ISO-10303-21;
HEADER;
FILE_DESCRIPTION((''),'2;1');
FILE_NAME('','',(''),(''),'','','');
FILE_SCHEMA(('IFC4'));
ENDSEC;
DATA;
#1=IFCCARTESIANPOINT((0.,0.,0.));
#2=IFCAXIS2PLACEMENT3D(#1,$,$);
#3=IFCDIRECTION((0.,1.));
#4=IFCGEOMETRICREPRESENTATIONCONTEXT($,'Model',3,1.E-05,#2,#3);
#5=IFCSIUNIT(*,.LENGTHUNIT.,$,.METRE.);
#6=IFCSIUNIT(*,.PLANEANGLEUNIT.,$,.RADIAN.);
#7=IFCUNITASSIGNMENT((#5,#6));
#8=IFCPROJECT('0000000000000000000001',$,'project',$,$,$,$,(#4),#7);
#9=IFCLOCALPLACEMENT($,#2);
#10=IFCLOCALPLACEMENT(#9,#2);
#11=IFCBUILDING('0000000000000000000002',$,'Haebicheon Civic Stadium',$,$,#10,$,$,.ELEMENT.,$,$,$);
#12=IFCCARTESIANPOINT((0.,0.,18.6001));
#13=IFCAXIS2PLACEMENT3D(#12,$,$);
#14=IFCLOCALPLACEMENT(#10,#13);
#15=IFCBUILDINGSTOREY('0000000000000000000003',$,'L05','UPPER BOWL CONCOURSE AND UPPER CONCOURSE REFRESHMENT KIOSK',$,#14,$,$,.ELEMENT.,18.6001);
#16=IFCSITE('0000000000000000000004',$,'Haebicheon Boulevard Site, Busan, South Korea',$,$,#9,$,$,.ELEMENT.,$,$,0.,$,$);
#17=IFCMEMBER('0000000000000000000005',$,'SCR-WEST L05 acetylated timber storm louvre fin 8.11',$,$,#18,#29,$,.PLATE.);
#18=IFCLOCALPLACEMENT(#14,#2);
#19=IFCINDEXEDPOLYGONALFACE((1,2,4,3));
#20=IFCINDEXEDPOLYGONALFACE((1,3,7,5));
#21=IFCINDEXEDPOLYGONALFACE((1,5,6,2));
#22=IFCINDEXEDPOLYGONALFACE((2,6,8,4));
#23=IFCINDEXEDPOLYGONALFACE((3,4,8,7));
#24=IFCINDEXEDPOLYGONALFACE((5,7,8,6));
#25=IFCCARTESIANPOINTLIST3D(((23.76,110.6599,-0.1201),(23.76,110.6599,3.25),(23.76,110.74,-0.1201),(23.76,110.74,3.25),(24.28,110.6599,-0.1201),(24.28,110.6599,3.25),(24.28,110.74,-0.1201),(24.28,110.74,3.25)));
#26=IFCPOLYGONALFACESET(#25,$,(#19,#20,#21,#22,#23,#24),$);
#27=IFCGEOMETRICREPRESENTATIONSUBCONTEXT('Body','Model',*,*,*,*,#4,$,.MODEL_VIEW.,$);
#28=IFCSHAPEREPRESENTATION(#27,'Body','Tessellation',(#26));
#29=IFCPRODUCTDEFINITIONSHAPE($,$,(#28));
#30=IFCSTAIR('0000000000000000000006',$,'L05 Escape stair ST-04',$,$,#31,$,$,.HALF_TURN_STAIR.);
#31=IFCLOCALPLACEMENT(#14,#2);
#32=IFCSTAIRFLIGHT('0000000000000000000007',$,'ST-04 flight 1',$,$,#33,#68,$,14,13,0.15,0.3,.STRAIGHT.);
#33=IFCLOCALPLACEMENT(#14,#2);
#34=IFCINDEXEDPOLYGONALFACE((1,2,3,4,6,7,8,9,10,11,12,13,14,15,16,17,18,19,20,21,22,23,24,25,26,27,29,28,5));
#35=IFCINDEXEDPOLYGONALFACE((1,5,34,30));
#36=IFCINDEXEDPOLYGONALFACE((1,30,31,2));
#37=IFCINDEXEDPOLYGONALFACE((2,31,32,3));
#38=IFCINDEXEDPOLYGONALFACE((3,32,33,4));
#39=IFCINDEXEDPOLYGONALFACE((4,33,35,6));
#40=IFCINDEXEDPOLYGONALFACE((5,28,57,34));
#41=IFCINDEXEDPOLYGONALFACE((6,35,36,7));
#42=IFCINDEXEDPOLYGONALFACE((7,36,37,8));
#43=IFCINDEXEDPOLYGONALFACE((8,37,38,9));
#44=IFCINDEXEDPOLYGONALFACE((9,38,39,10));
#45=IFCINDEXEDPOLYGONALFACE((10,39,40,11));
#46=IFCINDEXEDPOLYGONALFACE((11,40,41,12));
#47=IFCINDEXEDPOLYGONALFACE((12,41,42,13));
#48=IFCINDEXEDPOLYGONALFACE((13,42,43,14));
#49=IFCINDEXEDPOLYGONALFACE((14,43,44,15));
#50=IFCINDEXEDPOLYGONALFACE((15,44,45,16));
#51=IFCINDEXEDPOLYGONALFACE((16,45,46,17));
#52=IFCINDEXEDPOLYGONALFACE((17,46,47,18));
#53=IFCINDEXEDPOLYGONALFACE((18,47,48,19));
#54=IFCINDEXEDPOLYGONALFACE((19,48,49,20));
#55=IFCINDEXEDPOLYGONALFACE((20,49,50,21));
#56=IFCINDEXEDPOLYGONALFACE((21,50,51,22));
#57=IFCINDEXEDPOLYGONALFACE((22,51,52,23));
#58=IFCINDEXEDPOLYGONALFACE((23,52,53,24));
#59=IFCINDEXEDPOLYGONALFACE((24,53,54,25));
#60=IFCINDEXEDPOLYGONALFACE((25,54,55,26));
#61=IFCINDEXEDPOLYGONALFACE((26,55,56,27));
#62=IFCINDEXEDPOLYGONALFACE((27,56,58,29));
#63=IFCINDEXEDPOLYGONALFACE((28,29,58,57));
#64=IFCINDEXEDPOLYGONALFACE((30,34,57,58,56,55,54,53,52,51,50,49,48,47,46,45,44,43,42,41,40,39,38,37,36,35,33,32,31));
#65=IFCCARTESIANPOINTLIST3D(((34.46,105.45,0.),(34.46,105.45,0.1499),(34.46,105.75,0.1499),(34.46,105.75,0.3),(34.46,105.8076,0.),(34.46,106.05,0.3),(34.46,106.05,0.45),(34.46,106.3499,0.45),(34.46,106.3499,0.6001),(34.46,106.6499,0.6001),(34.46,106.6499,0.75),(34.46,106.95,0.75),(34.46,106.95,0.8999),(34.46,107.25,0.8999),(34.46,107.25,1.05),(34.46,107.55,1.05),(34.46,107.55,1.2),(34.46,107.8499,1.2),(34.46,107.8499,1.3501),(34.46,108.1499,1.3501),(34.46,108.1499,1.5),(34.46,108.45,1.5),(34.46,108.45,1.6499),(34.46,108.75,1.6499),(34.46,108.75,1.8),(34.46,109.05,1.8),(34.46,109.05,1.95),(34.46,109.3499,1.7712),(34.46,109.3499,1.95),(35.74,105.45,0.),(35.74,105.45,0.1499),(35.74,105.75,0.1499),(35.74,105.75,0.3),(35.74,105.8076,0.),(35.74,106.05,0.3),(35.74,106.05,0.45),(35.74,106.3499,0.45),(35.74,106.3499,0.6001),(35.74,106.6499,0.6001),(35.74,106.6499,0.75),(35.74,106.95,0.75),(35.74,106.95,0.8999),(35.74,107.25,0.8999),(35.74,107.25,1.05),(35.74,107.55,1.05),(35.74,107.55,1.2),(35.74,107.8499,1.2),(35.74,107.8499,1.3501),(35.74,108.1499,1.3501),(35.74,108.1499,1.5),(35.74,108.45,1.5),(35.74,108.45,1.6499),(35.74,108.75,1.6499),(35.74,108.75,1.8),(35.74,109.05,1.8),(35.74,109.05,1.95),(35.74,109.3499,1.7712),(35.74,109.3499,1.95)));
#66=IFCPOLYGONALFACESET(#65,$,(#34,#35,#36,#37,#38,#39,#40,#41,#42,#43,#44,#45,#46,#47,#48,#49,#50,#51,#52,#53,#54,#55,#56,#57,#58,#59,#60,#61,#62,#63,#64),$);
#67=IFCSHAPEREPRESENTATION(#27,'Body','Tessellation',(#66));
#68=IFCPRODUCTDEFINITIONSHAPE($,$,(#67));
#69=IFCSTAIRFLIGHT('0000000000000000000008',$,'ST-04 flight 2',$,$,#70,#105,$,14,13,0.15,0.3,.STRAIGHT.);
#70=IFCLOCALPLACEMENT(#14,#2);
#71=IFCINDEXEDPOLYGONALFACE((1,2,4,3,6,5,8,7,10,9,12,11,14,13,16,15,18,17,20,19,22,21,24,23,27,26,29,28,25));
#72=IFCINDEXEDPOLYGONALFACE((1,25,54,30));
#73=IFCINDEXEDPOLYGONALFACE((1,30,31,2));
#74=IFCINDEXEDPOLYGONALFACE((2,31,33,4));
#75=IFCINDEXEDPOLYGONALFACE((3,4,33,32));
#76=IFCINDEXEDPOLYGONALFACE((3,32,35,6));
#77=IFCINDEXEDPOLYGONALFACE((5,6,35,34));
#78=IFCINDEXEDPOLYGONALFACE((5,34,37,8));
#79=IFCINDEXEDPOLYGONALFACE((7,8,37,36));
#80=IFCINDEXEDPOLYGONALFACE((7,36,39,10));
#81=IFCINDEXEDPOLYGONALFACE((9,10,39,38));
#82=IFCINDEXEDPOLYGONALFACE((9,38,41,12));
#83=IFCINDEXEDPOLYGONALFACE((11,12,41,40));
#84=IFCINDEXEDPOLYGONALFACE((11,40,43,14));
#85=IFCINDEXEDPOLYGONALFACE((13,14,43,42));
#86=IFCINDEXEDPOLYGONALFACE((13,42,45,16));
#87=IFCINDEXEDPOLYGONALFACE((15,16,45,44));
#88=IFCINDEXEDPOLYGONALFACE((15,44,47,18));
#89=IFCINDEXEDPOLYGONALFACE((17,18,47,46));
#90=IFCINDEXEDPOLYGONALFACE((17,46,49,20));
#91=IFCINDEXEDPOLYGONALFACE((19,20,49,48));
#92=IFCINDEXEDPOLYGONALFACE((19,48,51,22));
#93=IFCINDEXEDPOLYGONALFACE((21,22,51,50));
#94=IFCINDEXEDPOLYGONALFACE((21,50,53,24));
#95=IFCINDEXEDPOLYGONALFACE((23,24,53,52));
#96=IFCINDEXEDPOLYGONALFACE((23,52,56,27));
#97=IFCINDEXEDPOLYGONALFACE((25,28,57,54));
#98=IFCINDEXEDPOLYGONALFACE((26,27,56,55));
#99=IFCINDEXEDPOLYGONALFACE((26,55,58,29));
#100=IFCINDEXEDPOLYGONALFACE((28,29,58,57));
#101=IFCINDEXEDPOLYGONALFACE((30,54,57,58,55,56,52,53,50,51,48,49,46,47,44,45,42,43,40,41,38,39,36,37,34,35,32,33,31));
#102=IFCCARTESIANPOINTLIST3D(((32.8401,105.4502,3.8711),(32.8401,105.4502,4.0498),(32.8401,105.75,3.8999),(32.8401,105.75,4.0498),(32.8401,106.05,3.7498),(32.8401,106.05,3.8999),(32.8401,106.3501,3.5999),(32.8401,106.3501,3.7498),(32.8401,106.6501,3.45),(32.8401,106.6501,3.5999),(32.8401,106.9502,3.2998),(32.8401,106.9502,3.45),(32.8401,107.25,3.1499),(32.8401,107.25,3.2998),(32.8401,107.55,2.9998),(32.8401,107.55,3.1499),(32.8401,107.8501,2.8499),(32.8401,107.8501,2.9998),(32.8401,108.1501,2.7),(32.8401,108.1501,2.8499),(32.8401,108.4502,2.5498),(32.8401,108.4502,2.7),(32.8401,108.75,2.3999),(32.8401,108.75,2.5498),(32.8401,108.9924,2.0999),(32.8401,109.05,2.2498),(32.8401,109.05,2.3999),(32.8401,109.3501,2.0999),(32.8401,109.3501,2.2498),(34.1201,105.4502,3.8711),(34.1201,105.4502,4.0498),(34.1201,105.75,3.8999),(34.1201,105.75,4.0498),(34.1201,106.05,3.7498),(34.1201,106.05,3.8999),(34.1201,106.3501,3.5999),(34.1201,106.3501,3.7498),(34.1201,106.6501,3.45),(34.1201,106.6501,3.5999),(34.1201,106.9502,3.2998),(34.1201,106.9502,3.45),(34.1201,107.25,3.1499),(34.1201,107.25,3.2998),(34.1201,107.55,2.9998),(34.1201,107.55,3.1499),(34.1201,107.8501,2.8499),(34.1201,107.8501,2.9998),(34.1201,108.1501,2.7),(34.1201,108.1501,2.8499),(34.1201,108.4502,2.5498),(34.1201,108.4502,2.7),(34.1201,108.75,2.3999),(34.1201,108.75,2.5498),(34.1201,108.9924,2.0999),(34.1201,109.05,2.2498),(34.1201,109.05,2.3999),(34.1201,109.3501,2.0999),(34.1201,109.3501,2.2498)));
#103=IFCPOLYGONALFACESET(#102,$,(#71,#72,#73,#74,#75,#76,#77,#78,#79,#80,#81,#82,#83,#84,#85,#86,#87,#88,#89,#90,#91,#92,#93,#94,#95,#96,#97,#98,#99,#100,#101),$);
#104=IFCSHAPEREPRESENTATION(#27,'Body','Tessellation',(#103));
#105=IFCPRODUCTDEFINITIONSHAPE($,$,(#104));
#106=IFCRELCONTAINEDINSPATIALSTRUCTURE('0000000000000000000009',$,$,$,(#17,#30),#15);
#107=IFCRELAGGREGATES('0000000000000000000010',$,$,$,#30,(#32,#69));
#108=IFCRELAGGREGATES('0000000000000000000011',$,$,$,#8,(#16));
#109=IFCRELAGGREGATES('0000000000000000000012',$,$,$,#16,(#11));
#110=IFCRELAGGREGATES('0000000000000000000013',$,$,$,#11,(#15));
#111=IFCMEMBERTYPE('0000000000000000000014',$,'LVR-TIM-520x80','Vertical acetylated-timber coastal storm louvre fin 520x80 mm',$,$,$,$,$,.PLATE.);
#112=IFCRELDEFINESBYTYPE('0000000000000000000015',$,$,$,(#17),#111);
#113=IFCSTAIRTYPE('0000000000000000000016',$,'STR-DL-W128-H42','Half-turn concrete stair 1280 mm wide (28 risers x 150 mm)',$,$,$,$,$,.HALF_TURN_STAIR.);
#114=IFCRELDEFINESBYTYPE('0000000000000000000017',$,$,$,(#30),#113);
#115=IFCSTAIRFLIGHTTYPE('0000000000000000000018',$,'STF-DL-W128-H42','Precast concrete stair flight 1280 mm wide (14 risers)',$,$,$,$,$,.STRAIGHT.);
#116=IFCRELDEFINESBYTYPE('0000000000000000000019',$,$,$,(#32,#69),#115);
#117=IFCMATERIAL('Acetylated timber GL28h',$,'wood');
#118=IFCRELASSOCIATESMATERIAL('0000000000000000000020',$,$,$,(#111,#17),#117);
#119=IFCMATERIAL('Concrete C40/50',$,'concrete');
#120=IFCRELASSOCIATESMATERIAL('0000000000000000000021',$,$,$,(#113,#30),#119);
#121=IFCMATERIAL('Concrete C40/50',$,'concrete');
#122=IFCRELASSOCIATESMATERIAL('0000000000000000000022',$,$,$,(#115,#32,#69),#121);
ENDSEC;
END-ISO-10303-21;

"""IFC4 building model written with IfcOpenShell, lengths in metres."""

from ifc_helpers import new_model, si_unit, direction, frame, origin, origin_2d, place, context, subcontext, project, spatial, polyline, rectangle, outline, extrude, material, material_profile, profile_set, type_object, element, aggregate, save


model = new_model("IFC4")

# Units and contexts
model_context = context("Model", 3, precision=1e-05, world=origin(), true_north=direction((0.0, 1.0)))
body_context = subcontext(model_context, "Body", "Model", "MODEL_VIEW")
ifc_project = project(units=[si_unit("LENGTHUNIT", "METRE"), si_unit("PLANEANGLEUNIT", "RADIAN")], contexts=[model_context])

# Site, building, storey
site_placement = place(None, origin())
site = spatial("IfcSite", under=ifc_project, at=site_placement, Name="Haebicheon Boulevard Site, Busan, South Korea", CompositionType="ELEMENT", RefElevation=0.0)
building_placement = place(site_placement, origin())
building = spatial("IfcBuilding", under=site, at=building_placement, Name="Haebicheon Civic Stadium", CompositionType="ELEMENT")
storey_placement = place(building_placement, frame((0.0, 0.0, 18.6001)))
storey = spatial("IfcBuildingStorey", under=building, at=storey_placement, Name="L05", Description="UPPER BOWL CONCOURSE AND UPPER CONCOURSE REFRESHMENT KIOSK", CompositionType="ELEMENT", Elevation=18.6001)

# Member
ifc_material_1 = material(Name="Acetylated timber GL28h", Category="wood")
ifc_material_profile_1 = material_profile(ifc_material_1, rectangle(XDim=0.0801, YDim=0.52, at=origin_2d()), Name="TMB-LOUV-80x520")
ifc_profile_set_1 = profile_set([ifc_material_profile_1], Name="Acetylated timber GL28h")
member_type = type_object("IfcMemberType", Name="LVR-TIM-520x80", Description="Vertical acetylated-timber coastal storm louvre fin 520x80 mm", PredefinedType="PLATE", material=ifc_profile_set_1)
for number, where, z_axis, x_axis, name in (
    (1, (24.02, 110.7, -0.1201), (0.0, 0.0, 1.0), (0.0, 1.0, 0.0), "SCR-WEST L05 acetylated timber storm louvre fin 8.11"),
):
    element("IfcMember", number, at=place(storey_placement, frame(where, z_axis=z_axis, x_axis=x_axis)), inside=storey, type_object=member_type, material=ifc_profile_set_1, Name=name, PredefinedType="PLATE", context=body_context, shape_type="SweptSolid", body=[
        extrude(rectangle(XDim=0.0801, YDim=0.52, at=origin_2d()), origin(), (0.0, 0.0, 1.0), 3.3701),
    ])

# Stair, stair flights
ifc_material_2 = material(Name="Concrete C40/50", Category="concrete")
stair_type = type_object("IfcStairType", Name="STR-DL-W128-H42", Description="Half-turn concrete stair 1280 mm wide (28 risers x 150 mm)", PredefinedType="HALF_TURN_STAIR", material=ifc_material_2)
stair_placement = place(storey_placement, origin())
stair = element("IfcStair", 2, at=stair_placement, inside=storey, type_object=stair_type, material=ifc_material_2, Name="L05 Escape stair ST-04", PredefinedType="HALF_TURN_STAIR")
ifc_material_3 = material(Name="Concrete C40/50", Category="concrete")
stair_flight_type = type_object("IfcStairFlightType", Name="STF-DL-W128-H42", Description="Precast concrete stair flight 1280 mm wide (14 risers)", PredefinedType="STRAIGHT", material=ifc_material_3)
stair_flight_1_placement = place(storey_placement, frame((35.1001, 105.45, 0.0), z_axis=(0.0, 0.0, 1.0), x_axis=(0.0, 1.0, 0.0)))
stair_flight_1 = element("IfcStairFlight", 3, at=stair_flight_1_placement, type_object=stair_flight_type, material=ifc_material_3, Name="ST-04 flight 1", NumberOfRisers=14, NumberOfTreads=13, PredefinedType="STRAIGHT", RiserHeight=0.15, TreadLength=0.3, context=body_context, shape_type="SweptSolid", body=[
    extrude(outline(polyline([(0.0, 0.0), (0.0, 0.1499), (0.3, 0.1499), (0.3, 0.3), (0.6001, 0.3), (0.6001, 0.45), (0.8999, 0.45), (0.8999, 0.6001), (1.2, 0.6001), (1.2, 0.75), (1.5, 0.75), (1.5, 0.8999), (1.8, 0.8999), (1.8, 1.05), (2.1001, 1.05), (2.1001, 1.2), (2.3999, 1.2), (2.3999, 1.3501), (2.7, 1.3501), (2.7, 1.5), (3.0, 1.5), (3.0, 1.6499), (3.3, 1.6499), (3.3, 1.8), (3.6001, 1.8), (3.6001, 1.95), (3.8999, 1.95), (3.8999, 2.1001), (3.8999, 1.7712), (0.3577, 0.0), (0.0, 0.0)])), frame((0.0, 0.6401, 0.0), z_axis=(0.0, -1.0, 0.0), x_axis=(1.0, 0.0, 0.0)), (0.0, 0.0, 1.0), 1.28),
])
stair_flight_2_placement = place(storey_placement, frame((33.48, 109.3501, 2.0999), z_axis=(0.0, 0.0, 1.0), x_axis=(0.0, -1.0, 0.0)))
stair_flight_2 = element("IfcStairFlight", 4, at=stair_flight_2_placement, type_object=stair_flight_type, material=ifc_material_3, Name="ST-04 flight 2", NumberOfRisers=14, NumberOfTreads=13, PredefinedType="STRAIGHT", RiserHeight=0.15, TreadLength=0.3, context=body_context, shape_type="SweptSolid", body=[
    extrude(outline(polyline([(0.0, 0.0), (0.0, 0.1499), (0.3, 0.1499), (0.3, 0.3), (0.6001, 0.3), (0.6001, 0.45), (0.8999, 0.45), (0.8999, 0.6001), (1.2, 0.6001), (1.2, 0.75), (1.5, 0.75), (1.5, 0.8999), (1.8, 0.8999), (1.8, 1.05), (2.1001, 1.05), (2.1001, 1.2), (2.3999, 1.2), (2.3999, 1.3501), (2.7, 1.3501), (2.7, 1.5), (3.0, 1.5), (3.0, 1.6499), (3.3, 1.6499), (3.3, 1.8), (3.6001, 1.8), (3.6001, 1.95), (3.8999, 1.95), (3.8999, 2.1001), (3.8999, 1.7712), (0.3577, 0.0), (0.0, 0.0)])), frame((0.0, 0.6401, 0.0), z_axis=(0.0, -1.0, 0.0), x_axis=(1.0, 0.0, 0.0)), (0.0, 0.0, 1.0), 1.28),
])
aggregate(stair, [stair_flight_1, stair_flight_2])

save(model, "model.ifc")
